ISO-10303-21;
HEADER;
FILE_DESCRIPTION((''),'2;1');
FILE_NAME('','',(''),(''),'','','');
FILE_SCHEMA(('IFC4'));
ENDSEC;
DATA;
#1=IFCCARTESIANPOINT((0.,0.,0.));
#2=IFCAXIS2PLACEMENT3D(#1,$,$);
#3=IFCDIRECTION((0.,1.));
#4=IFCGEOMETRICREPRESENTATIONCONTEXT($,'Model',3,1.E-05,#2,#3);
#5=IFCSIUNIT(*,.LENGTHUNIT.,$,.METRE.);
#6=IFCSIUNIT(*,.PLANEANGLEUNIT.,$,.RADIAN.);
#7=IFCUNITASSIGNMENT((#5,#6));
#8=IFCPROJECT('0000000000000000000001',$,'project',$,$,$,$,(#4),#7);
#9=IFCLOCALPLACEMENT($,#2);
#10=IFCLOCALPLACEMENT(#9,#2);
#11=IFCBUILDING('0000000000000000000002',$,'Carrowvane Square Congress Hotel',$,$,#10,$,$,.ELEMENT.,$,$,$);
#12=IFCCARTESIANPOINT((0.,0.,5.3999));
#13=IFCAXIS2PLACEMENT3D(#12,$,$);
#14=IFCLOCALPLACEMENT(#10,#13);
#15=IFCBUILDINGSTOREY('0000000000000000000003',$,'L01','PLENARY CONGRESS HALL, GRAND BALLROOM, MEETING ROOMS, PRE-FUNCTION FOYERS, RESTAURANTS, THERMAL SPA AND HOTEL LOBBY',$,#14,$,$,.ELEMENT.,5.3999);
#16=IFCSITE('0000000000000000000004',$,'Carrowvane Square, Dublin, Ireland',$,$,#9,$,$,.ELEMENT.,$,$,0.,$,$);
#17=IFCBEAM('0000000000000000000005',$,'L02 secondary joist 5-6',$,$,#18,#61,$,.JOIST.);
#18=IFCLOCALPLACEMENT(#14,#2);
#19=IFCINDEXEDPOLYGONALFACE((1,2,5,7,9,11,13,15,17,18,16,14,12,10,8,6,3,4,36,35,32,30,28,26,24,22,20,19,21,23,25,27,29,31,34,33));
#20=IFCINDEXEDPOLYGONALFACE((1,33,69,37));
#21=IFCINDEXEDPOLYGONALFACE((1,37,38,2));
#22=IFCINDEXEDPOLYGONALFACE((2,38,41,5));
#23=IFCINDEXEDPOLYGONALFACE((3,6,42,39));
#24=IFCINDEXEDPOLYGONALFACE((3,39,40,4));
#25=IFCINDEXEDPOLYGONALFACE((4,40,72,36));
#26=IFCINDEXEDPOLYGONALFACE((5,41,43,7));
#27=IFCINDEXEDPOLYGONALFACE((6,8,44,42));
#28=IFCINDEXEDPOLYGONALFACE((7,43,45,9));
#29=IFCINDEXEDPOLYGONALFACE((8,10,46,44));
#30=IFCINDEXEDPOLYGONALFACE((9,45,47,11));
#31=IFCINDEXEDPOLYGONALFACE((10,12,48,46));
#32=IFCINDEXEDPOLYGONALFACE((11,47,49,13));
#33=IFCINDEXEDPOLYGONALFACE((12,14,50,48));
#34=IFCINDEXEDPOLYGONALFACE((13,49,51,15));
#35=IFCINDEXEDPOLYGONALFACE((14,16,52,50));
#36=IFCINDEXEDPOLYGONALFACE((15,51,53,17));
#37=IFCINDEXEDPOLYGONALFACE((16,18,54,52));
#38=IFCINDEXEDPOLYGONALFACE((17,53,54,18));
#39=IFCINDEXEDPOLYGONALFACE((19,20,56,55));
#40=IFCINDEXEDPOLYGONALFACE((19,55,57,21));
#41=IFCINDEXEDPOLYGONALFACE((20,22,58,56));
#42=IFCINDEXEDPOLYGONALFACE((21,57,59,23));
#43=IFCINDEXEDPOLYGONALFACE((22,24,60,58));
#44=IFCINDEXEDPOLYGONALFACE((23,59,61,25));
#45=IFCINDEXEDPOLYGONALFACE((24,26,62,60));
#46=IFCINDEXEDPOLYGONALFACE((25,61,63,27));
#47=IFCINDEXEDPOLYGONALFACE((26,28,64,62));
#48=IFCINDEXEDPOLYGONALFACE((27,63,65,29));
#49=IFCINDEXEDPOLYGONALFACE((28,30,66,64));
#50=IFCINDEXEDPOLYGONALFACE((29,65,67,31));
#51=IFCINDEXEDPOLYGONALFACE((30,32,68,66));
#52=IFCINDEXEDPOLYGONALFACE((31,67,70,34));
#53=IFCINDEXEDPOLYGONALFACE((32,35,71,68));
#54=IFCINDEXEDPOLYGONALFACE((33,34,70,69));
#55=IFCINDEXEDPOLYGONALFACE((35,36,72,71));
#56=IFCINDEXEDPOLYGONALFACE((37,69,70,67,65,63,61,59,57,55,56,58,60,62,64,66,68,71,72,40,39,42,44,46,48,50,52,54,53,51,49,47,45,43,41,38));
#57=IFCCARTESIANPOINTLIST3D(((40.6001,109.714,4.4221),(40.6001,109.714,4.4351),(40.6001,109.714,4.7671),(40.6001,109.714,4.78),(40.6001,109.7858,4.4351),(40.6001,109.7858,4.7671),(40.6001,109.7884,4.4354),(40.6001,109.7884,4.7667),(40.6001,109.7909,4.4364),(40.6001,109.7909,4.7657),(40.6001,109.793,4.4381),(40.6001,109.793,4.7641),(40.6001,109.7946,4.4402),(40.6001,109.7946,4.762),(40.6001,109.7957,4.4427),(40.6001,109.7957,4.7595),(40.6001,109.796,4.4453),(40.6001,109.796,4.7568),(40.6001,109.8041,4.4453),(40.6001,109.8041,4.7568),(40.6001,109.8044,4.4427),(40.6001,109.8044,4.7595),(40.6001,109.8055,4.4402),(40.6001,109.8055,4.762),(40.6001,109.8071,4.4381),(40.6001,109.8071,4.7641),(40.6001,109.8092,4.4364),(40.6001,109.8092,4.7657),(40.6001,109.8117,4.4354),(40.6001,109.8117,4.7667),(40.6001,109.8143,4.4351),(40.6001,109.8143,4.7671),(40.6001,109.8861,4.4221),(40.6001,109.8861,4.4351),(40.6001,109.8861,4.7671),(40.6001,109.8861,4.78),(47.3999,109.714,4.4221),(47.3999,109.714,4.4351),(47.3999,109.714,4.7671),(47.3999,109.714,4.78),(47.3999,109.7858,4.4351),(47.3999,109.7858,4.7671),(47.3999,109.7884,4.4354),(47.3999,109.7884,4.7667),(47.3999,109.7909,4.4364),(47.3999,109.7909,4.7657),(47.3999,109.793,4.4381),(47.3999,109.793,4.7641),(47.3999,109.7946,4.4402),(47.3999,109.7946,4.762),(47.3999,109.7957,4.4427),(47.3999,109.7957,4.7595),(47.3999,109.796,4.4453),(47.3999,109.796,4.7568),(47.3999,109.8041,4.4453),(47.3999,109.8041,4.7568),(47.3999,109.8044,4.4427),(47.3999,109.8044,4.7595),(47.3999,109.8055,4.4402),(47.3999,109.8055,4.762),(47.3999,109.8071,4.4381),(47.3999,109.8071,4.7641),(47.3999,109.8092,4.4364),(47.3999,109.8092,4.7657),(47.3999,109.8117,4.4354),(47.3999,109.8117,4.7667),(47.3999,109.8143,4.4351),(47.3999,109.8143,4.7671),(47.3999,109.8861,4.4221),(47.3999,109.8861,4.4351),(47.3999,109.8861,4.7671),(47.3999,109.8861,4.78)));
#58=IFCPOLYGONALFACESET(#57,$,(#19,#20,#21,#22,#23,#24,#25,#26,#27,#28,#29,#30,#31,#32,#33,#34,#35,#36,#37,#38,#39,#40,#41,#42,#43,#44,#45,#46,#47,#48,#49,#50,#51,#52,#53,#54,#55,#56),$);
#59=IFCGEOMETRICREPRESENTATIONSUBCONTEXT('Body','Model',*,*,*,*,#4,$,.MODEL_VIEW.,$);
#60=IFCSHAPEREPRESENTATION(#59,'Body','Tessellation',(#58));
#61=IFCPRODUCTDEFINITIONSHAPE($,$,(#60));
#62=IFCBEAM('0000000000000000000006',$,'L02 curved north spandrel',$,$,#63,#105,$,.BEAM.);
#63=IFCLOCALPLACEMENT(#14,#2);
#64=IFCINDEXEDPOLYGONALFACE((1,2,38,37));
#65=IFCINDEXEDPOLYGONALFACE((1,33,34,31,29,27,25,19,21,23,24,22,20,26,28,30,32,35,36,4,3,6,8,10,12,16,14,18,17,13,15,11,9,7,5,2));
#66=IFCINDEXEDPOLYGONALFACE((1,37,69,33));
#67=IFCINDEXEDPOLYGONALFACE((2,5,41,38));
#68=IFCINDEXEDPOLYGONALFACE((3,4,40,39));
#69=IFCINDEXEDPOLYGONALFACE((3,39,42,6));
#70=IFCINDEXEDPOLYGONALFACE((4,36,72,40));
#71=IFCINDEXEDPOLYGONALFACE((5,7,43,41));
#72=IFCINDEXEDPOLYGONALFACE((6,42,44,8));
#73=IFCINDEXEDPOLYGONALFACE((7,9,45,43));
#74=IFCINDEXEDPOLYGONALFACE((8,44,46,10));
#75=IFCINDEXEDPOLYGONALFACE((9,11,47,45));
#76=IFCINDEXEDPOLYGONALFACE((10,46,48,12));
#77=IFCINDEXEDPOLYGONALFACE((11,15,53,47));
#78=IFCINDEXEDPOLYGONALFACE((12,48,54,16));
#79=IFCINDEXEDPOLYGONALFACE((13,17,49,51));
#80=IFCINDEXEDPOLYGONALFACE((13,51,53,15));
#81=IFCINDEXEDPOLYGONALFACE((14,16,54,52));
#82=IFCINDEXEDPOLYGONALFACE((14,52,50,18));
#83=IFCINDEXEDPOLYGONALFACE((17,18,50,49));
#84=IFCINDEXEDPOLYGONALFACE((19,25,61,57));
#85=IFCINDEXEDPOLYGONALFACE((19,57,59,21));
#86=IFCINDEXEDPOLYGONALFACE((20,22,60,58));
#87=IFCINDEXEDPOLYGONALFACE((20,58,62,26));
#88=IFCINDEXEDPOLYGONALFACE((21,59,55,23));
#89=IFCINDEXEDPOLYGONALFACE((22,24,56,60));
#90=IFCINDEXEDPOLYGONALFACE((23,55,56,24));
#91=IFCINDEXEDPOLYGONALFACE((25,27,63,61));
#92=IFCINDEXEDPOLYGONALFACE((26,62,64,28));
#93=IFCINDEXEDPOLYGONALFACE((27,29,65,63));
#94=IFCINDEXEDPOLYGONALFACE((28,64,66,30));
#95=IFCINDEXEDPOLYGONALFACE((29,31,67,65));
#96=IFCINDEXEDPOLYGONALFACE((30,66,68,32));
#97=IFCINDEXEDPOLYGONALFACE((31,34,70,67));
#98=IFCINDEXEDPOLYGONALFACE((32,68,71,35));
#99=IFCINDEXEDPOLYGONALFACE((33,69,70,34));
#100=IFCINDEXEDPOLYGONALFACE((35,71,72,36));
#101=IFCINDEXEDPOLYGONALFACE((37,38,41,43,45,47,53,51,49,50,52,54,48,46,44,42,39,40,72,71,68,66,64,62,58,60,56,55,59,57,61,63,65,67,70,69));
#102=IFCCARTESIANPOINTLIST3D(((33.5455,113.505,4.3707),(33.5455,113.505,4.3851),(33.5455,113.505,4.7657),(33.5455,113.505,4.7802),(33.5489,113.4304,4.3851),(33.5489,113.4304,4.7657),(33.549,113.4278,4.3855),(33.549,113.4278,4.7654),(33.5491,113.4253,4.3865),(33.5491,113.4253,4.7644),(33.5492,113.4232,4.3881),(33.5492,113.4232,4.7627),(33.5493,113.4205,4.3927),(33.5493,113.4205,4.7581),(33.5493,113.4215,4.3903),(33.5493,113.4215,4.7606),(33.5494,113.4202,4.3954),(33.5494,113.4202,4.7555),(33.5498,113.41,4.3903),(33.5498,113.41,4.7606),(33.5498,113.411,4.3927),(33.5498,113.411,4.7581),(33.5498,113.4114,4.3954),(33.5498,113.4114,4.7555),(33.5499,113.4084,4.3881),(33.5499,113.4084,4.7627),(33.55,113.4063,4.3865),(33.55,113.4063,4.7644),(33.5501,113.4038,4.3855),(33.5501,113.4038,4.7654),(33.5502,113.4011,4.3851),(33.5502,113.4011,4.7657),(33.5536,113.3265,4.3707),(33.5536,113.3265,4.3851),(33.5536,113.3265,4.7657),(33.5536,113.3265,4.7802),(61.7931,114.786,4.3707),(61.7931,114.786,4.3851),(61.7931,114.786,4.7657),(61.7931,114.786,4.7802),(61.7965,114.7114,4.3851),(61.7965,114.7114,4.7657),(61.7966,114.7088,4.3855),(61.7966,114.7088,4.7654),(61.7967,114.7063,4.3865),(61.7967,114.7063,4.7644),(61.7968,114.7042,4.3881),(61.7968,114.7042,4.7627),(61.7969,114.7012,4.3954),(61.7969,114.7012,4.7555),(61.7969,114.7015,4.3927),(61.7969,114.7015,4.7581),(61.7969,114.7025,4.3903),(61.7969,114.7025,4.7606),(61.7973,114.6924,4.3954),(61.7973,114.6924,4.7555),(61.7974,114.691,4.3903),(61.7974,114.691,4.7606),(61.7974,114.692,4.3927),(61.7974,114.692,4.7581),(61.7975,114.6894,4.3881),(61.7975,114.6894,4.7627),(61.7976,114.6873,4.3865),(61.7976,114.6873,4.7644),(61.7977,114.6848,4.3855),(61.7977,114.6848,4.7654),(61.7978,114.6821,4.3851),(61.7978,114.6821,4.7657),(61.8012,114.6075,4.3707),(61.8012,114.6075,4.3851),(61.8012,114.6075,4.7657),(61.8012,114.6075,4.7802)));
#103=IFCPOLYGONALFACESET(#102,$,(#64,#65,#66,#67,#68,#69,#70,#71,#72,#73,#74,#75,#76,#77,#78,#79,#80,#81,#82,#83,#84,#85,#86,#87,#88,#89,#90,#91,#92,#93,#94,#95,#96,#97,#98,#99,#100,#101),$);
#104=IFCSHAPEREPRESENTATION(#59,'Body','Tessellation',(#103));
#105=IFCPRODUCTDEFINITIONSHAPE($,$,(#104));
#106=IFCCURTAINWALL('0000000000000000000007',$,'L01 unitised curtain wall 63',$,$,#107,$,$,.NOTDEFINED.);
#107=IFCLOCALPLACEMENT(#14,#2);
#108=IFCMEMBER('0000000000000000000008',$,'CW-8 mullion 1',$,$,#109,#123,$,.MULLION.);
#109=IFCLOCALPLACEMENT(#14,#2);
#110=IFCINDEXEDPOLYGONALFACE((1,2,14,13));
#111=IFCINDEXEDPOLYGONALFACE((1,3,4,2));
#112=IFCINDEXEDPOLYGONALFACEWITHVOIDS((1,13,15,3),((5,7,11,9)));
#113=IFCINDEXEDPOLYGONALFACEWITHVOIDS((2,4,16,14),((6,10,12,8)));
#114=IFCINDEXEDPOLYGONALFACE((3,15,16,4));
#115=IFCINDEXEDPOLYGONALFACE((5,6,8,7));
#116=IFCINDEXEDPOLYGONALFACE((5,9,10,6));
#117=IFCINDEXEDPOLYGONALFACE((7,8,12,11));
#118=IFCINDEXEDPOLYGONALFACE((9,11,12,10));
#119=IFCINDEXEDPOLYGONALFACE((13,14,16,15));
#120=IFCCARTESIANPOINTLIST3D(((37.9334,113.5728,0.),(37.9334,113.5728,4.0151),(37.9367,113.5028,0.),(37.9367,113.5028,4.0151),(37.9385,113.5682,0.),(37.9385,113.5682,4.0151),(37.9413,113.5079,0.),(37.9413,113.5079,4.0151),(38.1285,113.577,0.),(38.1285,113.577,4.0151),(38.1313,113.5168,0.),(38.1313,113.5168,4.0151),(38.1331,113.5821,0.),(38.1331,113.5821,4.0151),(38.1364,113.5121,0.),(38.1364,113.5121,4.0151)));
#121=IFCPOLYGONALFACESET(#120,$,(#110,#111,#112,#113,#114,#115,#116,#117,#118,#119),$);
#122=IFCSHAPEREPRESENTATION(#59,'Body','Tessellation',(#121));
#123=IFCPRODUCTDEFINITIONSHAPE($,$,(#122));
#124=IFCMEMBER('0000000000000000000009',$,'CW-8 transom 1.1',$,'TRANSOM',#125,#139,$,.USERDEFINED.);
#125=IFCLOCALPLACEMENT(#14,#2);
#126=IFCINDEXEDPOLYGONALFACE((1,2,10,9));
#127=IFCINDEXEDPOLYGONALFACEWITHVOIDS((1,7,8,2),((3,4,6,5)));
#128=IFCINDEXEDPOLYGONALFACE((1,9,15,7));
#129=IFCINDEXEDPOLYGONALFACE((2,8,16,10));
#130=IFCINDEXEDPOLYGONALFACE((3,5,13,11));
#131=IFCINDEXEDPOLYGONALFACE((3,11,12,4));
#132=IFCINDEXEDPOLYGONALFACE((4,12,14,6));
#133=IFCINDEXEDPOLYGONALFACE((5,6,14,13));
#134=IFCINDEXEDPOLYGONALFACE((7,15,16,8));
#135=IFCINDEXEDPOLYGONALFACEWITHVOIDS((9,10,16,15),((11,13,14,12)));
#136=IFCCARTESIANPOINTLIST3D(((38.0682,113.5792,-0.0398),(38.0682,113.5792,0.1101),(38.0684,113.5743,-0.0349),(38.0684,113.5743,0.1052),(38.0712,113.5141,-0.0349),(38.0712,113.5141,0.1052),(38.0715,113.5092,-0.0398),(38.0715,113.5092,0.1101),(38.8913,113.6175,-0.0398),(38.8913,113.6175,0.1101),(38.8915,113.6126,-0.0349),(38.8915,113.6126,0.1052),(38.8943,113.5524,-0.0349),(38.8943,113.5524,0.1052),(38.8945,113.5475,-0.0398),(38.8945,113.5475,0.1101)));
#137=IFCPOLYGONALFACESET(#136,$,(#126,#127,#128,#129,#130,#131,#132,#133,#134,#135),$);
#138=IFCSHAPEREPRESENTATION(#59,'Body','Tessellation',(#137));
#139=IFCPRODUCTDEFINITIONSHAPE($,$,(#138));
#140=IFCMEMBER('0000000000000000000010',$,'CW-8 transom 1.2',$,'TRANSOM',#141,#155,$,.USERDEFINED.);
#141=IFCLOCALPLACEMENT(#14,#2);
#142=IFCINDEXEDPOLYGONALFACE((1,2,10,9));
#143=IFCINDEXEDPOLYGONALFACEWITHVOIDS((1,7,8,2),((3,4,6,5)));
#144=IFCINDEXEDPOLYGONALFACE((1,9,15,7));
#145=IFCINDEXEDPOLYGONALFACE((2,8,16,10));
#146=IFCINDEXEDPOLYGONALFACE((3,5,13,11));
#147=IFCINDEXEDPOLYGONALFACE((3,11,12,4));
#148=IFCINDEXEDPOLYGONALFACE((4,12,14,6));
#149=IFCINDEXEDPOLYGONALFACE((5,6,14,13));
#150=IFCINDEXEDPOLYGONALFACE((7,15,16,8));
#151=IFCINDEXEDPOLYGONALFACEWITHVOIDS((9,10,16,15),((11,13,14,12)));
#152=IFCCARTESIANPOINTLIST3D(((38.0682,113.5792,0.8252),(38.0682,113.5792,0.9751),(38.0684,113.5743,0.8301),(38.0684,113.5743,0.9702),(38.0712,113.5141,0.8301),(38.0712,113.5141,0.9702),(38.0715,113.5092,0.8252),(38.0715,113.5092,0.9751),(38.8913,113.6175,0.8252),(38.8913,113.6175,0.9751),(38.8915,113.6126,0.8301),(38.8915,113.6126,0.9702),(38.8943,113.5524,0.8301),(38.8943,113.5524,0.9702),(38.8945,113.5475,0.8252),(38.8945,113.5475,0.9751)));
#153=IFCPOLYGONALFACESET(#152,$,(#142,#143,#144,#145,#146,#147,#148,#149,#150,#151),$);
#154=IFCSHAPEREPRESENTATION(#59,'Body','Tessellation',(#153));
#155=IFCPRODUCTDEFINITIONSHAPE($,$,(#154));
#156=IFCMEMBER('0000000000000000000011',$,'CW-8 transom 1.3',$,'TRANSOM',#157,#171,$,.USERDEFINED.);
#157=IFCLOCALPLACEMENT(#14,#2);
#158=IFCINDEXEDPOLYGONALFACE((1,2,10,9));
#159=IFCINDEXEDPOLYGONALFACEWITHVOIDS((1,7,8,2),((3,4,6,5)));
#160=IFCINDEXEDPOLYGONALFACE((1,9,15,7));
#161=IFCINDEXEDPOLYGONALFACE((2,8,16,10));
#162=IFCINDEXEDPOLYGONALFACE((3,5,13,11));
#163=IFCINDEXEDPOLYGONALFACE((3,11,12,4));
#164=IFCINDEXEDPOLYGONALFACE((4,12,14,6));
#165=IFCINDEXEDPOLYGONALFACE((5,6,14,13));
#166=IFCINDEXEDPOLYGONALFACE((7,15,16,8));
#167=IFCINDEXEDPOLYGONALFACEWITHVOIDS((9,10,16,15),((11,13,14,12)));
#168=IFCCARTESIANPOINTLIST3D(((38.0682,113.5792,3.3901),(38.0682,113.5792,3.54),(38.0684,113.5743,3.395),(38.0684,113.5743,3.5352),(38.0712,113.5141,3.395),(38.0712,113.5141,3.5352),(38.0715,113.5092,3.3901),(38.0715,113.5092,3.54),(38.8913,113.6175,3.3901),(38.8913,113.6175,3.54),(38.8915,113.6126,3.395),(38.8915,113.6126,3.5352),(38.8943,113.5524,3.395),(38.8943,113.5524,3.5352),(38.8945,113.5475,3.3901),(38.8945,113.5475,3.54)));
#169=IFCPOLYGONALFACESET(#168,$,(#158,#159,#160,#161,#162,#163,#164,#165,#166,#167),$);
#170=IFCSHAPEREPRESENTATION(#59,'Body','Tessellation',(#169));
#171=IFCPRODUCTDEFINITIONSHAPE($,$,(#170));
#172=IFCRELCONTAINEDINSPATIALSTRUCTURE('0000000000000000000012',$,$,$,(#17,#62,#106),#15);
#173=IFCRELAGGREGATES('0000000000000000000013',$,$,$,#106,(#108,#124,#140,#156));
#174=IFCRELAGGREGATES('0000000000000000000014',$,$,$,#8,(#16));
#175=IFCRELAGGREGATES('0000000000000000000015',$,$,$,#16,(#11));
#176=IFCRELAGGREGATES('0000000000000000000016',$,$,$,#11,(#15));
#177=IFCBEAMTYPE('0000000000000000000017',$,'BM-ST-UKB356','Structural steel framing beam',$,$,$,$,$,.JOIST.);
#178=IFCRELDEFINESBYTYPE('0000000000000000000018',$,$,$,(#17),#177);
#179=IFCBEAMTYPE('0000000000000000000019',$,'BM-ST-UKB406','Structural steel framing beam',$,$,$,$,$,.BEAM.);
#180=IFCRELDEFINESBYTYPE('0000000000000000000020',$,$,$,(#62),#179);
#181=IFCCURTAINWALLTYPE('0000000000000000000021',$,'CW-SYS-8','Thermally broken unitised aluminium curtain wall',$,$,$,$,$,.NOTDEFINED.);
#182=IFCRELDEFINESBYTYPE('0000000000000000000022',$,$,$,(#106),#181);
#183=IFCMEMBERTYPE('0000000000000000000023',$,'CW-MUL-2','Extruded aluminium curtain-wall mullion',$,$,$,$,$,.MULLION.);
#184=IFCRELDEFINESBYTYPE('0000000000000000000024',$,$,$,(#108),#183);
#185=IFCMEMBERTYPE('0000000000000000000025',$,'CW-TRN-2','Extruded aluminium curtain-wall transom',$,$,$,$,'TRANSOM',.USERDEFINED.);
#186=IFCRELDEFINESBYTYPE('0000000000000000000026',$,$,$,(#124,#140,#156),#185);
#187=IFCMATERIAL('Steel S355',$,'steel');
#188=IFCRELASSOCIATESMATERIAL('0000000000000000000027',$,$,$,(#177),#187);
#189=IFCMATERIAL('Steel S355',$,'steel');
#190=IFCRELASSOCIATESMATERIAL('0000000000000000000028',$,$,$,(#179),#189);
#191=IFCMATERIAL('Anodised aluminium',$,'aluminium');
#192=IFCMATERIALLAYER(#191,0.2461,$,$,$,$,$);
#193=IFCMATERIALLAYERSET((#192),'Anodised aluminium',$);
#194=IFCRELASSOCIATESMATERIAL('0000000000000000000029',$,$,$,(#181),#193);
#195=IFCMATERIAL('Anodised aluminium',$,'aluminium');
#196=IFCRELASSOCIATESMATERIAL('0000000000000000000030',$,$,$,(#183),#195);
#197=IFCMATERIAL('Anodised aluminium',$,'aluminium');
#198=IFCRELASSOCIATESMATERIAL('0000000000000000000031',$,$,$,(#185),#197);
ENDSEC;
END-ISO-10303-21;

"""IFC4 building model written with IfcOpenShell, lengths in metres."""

from ifc_helpers import new_model, si_unit, direction, frame, origin, origin_2d, place, context, subcontext, project, spatial, hollow_rectangle, i_section, extrude, material, layer, layer_set, material_profile, profile_set, type_object, element, aggregate, save


model = new_model("IFC4")

# Units and contexts
model_context = context("Model", 3, precision=1e-05, world=origin(), true_north=direction((0.0, 1.0)))
body_context = subcontext(model_context, "Body", "Model", "MODEL_VIEW")
ifc_project = project(units=[si_unit("LENGTHUNIT", "METRE"), si_unit("PLANEANGLEUNIT", "RADIAN")], contexts=[model_context])

# Site, building, storey
site_placement = place(None, origin())
site = spatial("IfcSite", under=ifc_project, at=site_placement, Name="Carrowvane Square, Dublin, Ireland", CompositionType="ELEMENT", RefElevation=0.0)
building_placement = place(site_placement, origin())
building = spatial("IfcBuilding", under=site, at=building_placement, Name="Carrowvane Square Congress Hotel", CompositionType="ELEMENT")
storey_placement = place(building_placement, frame((0.0, 0.0, 5.3999)))
storey = spatial("IfcBuildingStorey", under=building, at=storey_placement, Name="L01", Description="PLENARY CONGRESS HALL, GRAND BALLROOM, MEETING ROOMS, PRE-FUNCTION FOYERS, RESTAURANTS, THERMAL SPA AND HOTEL LOBBY", CompositionType="ELEMENT", Elevation=5.3999)

# Beams
ifc_material_1 = material(Name="Steel S355", Category="steel")
ifc_material_profile_1 = material_profile(ifc_material_1, i_section(OverallWidth=0.1721, OverallDepth=0.3579, WebThickness=0.0081, FlangeThickness=0.0129, FilletRadius=0.0103, at=origin_2d()), Name="UKB 356x171x57")
ifc_profile_set_1 = profile_set([ifc_material_profile_1], Name="Steel S355")
beam_type_1 = type_object("IfcBeamType", Name="BM-ST-UKB356", Description="Structural steel framing beam", PredefinedType="JOIST", material=ifc_profile_set_1)
beam_1_placement = place(storey_placement, frame((40.6001, 109.8, 4.6011), z_axis=(1.0, 0.0, 0.0), x_axis=(0.0, 1.0, 0.0)))
element("IfcBeam", 1, at=beam_1_placement, inside=storey, type_object=beam_type_1, Name="L02 secondary joist 5-6", PredefinedType="JOIST", context=body_context, shape_type="SweptSolid", body=[
    extrude(i_section(OverallWidth=0.1721, OverallDepth=0.3579, WebThickness=0.0081, FlangeThickness=0.0129, FilletRadius=0.0103, at=origin_2d()), origin(), (0.0, 0.0, 1.0), 6.7998),
])
ifc_material_2 = material(Name="Steel S355", Category="steel")
ifc_material_profile_2 = material_profile(ifc_material_2, i_section(OverallWidth=0.1787, OverallDepth=0.4094, WebThickness=0.0088, FlangeThickness=0.0144, FilletRadius=0.0103, at=origin_2d()), Name="UKB 406x178x67")
ifc_profile_set_2 = profile_set([ifc_material_profile_2], Name="Steel S355")
beam_type_2 = type_object("IfcBeamType", Name="BM-ST-UKB406", Description="Structural steel framing beam", PredefinedType="BEAM", material=ifc_profile_set_2)
beam_2_placement = place(storey_placement, frame((33.5496, 113.4158, 4.5754), z_axis=(0.998973, 0.045303, 0.0), x_axis=(-0.045303, 0.998973, 0.0)))
element("IfcBeam", 2, at=beam_2_placement, inside=storey, type_object=beam_type_2, Name="L02 curved north spandrel", PredefinedType="BEAM", context=body_context, shape_type="SweptSolid", body=[
    extrude(i_section(OverallWidth=0.1787, OverallDepth=0.4094, WebThickness=0.0088, FlangeThickness=0.0144, FilletRadius=0.0103, at=origin_2d()), origin(), (0.0, 0.0, 1.0), 28.2766),
])

# Curtain wall, members
ifc_material_3 = material(Name="Anodised aluminium", Category="aluminium")
ifc_layer_1 = layer(ifc_material_3, 0.2461)
ifc_layer_set_1 = layer_set([ifc_layer_1], Name="Anodised aluminium")
curtain_wall_type = type_object("IfcCurtainWallType", Name="CW-SYS-8", Description="Thermally broken unitised aluminium curtain wall", PredefinedType="NOTDEFINED", material=ifc_layer_set_1)
curtain_wall_placement = place(storey_placement, origin())
curtain_wall = element("IfcCurtainWall", 3, at=curtain_wall_placement, inside=storey, type_object=curtain_wall_type, Name="L01 unitised curtain wall 63", PredefinedType="NOTDEFINED")
ifc_material_4 = material(Name="Anodised aluminium", Category="aluminium")
ifc_material_profile_3 = material_profile(ifc_material_4, hollow_rectangle(XDim=0.0701, YDim=0.2, WallThickness=0.0049, at=origin_2d()), Name="CW-ML 70x200x5")
ifc_profile_set_3 = profile_set([ifc_material_profile_3], Name="Anodised aluminium")
member_type_1 = type_object("IfcMemberType", Name="CW-MUL-2", Description="Extruded aluminium curtain-wall mullion", PredefinedType="MULLION", material=ifc_profile_set_3)
member_1_placement = place(storey_placement, frame((38.0349, 113.5425, 0.0), z_axis=(0.0, 0.0, 1.0), x_axis=(-0.046517, 0.998917, 0.0)))
member_1 = element("IfcMember", 4, at=member_1_placement, type_object=member_type_1, Name="CW-8 mullion 1", PredefinedType="MULLION", context=body_context, shape_type="SweptSolid", body=[
    extrude(hollow_rectangle(XDim=0.0701, YDim=0.2, WallThickness=0.0049, at=origin_2d()), origin(), (0.0, 0.0, 1.0), 4.0151),
])
ifc_material_5 = material(Name="Anodised aluminium", Category="aluminium")
ifc_material_profile_4 = material_profile(ifc_material_5, hollow_rectangle(XDim=0.0701, YDim=0.1499, WallThickness=0.0049, at=origin_2d()), Name="CW-TR 70x150x5")
ifc_profile_set_4 = profile_set([ifc_material_profile_4], Name="Anodised aluminium")
member_type_2 = type_object("IfcMemberType", Name="CW-TRN-2", Description="Extruded aluminium curtain-wall transom", ElementType="TRANSOM", PredefinedType="USERDEFINED", material=ifc_profile_set_4)
member_2_placement = place(storey_placement, frame((38.0698, 113.5442, 0.0352), z_axis=(0.998917, 0.046523, 0.0), x_axis=(-0.046523, 0.998917, 0.0)))
member_2 = element("IfcMember", 5, at=member_2_placement, type_object=member_type_2, Name="CW-8 transom 1.1", ObjectType="TRANSOM", PredefinedType="USERDEFINED", context=body_context, shape_type="SweptSolid", body=[
    extrude(hollow_rectangle(XDim=0.0701, YDim=0.1499, WallThickness=0.0049, at=origin_2d()), origin(), (0.0, 0.0, 1.0), 0.824),
])
member_3_placement = place(storey_placement, frame((38.0698, 113.5442, 0.9001), z_axis=(0.998917, 0.046523, 0.0), x_axis=(-0.046523, 0.998917, 0.0)))
member_3 = element("IfcMember", 6, at=member_3_placement, type_object=member_type_2, Name="CW-8 transom 1.2", ObjectType="TRANSOM", PredefinedType="USERDEFINED", context=body_context, shape_type="SweptSolid", body=[
    extrude(hollow_rectangle(XDim=0.0701, YDim=0.1499, WallThickness=0.0049, at=origin_2d()), origin(), (0.0, 0.0, 1.0), 0.824),
])
member_4_placement = place(storey_placement, frame((38.0698, 113.5442, 3.4651), z_axis=(0.998917, 0.046523, 0.0), x_axis=(-0.046523, 0.998917, 0.0)))
member_4 = element("IfcMember", 7, at=member_4_placement, type_object=member_type_2, Name="CW-8 transom 1.3", ObjectType="TRANSOM", PredefinedType="USERDEFINED", context=body_context, shape_type="SweptSolid", body=[
    extrude(hollow_rectangle(XDim=0.0701, YDim=0.1499, WallThickness=0.0049, at=origin_2d()), origin(), (0.0, 0.0, 1.0), 0.824),
])
aggregate(curtain_wall, [member_1, member_2, member_3, member_4])

save(model, "model.ifc")
